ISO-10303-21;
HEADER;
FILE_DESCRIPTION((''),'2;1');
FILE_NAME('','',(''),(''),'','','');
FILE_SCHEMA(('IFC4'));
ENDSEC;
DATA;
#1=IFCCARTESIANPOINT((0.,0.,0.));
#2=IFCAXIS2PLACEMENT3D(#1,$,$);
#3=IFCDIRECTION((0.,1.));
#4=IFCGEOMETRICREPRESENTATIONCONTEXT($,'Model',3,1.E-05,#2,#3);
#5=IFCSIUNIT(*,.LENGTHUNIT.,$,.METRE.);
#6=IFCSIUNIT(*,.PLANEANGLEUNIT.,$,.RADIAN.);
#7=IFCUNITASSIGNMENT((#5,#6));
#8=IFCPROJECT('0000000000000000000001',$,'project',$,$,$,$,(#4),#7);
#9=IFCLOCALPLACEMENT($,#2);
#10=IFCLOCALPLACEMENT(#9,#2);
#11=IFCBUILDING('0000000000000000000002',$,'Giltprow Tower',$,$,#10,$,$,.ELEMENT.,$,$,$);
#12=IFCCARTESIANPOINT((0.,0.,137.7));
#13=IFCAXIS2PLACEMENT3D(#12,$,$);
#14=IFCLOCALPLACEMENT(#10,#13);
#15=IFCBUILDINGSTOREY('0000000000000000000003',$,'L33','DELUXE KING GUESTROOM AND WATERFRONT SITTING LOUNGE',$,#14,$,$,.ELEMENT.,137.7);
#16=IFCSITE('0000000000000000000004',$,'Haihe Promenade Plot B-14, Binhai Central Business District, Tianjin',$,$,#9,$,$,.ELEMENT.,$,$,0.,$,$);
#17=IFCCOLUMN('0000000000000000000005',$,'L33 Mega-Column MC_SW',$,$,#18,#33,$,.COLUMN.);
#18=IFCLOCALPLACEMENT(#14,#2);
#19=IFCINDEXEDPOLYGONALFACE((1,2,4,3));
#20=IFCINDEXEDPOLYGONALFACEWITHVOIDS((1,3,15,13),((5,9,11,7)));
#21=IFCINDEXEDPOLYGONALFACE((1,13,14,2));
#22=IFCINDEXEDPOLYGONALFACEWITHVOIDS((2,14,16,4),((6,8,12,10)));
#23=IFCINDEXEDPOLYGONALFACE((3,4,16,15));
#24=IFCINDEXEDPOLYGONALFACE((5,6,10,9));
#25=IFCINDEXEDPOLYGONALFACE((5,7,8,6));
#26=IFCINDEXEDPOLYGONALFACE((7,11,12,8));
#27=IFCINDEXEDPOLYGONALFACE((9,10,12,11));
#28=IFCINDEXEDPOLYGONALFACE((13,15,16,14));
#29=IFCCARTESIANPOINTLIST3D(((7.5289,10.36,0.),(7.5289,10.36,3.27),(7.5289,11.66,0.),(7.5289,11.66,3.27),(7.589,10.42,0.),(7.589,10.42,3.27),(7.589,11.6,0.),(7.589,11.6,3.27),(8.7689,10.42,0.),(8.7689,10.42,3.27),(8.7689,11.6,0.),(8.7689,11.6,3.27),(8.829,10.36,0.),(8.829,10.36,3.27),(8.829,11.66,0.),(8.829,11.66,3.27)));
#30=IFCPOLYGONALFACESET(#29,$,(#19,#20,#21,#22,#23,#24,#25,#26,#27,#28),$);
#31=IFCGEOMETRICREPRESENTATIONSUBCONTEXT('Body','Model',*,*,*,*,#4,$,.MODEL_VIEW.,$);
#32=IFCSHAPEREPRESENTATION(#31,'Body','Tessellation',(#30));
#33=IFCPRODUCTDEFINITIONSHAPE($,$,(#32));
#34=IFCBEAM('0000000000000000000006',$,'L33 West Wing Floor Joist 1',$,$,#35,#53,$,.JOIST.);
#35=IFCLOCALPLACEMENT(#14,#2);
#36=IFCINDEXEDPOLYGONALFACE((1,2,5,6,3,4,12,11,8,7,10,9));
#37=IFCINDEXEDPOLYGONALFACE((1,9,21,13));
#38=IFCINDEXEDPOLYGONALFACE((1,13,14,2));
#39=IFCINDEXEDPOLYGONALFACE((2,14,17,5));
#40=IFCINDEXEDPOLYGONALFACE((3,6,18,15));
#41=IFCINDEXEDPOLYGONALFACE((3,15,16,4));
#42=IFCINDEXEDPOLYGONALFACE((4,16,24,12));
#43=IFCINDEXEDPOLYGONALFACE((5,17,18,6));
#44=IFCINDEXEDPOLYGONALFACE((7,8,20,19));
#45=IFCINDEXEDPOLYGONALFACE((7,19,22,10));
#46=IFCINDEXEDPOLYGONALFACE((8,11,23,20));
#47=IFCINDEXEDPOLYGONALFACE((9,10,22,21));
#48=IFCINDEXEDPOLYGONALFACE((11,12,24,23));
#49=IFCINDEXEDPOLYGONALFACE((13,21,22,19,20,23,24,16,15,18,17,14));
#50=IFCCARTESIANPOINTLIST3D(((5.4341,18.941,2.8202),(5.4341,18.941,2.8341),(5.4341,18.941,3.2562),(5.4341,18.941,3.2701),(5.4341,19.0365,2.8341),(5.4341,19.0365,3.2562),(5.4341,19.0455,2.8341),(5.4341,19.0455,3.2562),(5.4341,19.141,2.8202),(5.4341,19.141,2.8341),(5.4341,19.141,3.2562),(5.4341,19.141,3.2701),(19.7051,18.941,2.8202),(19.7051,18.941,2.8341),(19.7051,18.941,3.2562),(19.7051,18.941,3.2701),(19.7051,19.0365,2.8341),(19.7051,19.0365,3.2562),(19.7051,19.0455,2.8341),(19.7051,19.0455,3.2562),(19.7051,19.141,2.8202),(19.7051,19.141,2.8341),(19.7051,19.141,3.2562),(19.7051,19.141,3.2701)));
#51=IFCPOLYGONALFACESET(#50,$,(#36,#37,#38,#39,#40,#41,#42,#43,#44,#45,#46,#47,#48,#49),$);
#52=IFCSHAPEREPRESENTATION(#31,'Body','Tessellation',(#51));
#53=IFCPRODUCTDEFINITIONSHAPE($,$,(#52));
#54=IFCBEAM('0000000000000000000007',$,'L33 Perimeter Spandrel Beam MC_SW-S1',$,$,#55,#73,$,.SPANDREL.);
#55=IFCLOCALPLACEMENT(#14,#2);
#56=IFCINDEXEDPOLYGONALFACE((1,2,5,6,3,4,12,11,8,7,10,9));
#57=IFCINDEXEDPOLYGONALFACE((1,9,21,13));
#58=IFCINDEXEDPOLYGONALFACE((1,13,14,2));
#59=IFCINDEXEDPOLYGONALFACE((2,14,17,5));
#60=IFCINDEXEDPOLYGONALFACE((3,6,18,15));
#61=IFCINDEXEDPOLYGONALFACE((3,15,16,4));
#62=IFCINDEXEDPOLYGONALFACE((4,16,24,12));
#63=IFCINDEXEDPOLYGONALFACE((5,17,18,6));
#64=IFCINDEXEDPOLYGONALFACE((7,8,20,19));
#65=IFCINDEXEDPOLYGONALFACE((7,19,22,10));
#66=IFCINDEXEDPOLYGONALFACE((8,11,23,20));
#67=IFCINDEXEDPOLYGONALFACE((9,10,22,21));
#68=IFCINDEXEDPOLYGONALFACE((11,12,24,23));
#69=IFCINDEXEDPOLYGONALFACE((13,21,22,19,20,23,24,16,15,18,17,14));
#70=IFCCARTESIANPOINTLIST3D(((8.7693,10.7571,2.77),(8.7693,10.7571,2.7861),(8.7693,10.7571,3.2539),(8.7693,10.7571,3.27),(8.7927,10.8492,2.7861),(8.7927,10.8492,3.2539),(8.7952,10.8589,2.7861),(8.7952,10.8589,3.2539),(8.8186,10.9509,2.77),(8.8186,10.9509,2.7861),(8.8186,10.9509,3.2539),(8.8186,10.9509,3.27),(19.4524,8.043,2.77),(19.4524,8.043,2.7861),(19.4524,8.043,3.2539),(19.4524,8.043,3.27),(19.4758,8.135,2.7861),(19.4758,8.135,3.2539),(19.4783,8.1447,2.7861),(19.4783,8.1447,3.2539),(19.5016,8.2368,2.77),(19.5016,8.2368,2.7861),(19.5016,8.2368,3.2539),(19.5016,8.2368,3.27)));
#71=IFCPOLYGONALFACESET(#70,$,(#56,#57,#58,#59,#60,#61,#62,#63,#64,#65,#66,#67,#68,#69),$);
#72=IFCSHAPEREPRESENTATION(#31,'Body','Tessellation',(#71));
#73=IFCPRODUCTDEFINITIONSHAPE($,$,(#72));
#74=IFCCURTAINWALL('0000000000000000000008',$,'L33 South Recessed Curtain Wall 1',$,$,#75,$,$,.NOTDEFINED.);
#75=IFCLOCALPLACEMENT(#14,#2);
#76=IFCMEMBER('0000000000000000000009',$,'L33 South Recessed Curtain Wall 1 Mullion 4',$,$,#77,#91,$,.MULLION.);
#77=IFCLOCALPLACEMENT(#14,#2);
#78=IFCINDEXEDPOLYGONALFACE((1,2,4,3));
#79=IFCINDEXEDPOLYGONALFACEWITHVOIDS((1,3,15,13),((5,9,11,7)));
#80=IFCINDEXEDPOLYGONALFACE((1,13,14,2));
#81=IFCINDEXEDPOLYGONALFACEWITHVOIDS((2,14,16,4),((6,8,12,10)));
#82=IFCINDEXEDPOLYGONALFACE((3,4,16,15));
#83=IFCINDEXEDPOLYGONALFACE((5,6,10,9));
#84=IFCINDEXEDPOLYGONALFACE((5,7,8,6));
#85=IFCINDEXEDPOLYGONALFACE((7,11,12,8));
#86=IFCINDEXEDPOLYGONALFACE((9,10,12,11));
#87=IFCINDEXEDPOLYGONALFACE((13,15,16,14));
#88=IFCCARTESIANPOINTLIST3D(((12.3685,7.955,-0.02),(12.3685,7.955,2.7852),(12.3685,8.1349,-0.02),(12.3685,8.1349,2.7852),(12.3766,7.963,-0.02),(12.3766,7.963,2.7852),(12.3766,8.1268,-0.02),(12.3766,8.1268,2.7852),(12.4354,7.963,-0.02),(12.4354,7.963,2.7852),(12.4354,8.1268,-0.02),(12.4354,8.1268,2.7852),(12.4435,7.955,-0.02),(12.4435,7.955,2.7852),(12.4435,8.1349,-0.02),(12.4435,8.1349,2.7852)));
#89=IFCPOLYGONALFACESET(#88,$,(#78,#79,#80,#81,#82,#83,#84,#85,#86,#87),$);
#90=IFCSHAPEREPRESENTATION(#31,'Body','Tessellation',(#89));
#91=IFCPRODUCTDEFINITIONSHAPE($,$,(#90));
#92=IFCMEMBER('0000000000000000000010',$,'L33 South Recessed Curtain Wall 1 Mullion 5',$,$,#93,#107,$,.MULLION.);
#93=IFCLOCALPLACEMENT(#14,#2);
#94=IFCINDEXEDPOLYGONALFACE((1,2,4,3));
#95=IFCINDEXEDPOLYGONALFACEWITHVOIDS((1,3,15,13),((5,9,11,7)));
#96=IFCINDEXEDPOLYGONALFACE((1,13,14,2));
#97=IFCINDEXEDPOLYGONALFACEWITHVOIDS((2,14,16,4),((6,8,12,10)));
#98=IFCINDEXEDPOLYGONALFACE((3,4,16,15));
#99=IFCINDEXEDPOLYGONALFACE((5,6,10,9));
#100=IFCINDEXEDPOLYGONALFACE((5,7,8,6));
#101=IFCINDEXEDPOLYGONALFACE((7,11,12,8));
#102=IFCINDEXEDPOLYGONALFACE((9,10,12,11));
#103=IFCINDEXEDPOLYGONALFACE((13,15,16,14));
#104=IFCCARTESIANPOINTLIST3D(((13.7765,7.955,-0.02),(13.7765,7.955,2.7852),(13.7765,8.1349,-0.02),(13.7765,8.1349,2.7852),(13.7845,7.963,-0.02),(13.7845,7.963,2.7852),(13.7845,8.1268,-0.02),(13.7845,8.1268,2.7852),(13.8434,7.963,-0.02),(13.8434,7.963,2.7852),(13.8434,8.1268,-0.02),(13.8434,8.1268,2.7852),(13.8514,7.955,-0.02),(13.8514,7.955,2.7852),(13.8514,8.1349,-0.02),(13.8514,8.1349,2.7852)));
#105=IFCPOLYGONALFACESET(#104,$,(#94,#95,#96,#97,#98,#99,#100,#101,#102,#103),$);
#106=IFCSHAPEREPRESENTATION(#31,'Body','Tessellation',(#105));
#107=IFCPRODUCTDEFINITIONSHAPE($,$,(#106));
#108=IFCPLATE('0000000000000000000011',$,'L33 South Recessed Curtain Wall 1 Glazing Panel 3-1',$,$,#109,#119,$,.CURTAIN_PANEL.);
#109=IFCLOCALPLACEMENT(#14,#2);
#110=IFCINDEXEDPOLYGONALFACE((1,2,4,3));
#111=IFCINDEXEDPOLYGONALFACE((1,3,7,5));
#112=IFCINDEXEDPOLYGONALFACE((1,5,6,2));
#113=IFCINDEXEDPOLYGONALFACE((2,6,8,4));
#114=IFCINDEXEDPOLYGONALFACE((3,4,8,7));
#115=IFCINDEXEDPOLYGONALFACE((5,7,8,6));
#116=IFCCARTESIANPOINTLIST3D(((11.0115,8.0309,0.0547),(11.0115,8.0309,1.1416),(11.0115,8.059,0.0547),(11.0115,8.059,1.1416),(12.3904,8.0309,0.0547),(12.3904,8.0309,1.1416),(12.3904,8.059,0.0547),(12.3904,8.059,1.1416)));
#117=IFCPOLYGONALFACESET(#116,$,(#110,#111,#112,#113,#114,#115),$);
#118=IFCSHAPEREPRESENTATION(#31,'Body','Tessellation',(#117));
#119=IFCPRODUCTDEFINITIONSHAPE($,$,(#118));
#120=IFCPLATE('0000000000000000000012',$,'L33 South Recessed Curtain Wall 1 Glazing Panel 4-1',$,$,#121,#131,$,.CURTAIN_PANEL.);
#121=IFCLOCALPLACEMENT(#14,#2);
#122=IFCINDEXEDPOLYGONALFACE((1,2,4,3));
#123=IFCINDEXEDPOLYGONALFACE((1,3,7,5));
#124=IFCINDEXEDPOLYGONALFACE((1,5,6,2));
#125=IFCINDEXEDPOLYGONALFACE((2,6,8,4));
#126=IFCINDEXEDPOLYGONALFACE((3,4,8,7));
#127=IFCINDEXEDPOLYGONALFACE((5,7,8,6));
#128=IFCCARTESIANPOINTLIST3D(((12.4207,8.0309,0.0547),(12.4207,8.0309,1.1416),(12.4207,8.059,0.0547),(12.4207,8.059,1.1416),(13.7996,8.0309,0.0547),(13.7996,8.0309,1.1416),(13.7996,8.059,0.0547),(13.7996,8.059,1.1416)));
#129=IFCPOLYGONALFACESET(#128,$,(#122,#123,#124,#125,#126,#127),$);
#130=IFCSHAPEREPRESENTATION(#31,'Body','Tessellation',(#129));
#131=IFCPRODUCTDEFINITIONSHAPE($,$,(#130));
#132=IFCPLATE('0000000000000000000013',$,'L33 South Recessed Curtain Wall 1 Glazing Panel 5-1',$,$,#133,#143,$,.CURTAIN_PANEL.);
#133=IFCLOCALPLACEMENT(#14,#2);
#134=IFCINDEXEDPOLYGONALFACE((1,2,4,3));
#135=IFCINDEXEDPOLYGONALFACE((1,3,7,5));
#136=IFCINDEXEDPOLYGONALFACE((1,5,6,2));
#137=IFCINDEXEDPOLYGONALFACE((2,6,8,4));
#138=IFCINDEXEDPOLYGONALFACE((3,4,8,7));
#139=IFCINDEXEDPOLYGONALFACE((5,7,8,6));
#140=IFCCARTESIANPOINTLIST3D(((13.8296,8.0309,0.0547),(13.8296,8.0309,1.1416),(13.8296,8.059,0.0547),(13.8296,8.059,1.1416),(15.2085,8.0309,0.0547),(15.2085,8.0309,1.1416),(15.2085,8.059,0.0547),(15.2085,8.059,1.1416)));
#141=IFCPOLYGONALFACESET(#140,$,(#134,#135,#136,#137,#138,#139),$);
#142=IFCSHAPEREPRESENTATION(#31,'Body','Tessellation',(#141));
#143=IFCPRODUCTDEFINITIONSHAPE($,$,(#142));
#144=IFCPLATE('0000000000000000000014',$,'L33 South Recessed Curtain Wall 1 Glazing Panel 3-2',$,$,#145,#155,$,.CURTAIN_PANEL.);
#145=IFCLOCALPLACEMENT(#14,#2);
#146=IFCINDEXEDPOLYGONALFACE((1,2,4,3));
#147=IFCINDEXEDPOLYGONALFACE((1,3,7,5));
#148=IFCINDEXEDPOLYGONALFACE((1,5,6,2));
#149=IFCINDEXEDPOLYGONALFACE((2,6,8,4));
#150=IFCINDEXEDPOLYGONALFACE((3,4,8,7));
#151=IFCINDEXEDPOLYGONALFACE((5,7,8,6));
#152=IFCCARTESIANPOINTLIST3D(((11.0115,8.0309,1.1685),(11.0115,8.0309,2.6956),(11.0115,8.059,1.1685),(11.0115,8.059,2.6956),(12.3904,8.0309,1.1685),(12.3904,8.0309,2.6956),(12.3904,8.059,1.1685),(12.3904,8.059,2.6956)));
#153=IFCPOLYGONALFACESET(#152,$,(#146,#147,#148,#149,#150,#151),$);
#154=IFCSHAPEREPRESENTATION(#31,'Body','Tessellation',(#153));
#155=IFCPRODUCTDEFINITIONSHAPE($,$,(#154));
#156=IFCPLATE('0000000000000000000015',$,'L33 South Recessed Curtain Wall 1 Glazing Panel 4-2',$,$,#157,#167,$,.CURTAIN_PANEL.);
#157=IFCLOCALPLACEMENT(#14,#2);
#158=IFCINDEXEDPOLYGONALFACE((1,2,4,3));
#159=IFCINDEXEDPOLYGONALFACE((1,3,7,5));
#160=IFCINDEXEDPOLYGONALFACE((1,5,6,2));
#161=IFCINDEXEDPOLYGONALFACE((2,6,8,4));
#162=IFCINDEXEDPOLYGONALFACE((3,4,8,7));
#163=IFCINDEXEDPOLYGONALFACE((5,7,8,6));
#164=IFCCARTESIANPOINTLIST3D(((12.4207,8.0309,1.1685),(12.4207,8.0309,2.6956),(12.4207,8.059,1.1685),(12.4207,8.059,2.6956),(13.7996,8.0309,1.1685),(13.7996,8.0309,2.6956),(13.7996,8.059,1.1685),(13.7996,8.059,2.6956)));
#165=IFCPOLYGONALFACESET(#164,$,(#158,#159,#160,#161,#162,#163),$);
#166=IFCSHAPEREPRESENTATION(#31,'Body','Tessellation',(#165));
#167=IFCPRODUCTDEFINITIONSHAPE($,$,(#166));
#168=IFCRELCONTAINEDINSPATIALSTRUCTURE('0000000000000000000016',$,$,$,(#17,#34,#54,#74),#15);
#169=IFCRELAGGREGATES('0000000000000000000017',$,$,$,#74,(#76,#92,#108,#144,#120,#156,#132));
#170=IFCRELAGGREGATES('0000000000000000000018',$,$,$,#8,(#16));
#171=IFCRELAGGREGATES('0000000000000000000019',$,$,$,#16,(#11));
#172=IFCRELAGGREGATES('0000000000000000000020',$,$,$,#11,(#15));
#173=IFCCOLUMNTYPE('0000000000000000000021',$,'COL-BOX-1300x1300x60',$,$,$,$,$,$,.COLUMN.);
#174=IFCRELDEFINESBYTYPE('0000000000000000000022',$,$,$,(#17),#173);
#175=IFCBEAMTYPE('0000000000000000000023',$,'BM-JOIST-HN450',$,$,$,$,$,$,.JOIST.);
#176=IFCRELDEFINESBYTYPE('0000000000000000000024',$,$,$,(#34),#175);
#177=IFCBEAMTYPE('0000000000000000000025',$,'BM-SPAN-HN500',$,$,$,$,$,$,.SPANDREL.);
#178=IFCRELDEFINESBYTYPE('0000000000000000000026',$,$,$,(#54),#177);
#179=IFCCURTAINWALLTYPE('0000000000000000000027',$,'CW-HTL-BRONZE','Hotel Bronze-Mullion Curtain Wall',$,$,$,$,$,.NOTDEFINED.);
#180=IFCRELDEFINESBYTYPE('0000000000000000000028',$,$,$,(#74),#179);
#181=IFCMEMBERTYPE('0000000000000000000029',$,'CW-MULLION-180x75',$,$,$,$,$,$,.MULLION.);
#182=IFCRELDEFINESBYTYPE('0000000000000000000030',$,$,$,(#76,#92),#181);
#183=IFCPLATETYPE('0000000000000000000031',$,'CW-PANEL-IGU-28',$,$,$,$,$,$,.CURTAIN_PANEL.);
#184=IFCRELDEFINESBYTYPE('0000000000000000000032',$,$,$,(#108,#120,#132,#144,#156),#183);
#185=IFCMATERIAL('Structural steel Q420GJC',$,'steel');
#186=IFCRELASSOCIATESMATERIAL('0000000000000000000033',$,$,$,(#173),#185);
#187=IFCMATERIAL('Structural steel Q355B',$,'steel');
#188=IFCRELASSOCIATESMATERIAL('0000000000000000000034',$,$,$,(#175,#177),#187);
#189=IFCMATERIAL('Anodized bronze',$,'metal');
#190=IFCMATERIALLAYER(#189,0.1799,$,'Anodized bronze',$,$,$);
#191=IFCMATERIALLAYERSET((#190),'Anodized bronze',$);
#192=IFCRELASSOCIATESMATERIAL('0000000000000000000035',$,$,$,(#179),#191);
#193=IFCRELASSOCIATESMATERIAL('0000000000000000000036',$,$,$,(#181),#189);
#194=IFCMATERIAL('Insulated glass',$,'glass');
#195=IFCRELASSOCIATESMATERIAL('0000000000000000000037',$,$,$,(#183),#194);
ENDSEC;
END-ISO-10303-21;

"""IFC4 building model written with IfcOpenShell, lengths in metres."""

from ifc_helpers import new_model, si_unit, direction, frame, origin, origin_2d, place, context, subcontext, project, spatial, rectangle, hollow_rectangle, i_section, extrude, source, transform, mapped, material, layer, layer_set, material_profile, profile_set, type_object, element, aggregate, save


model = new_model("IFC4")

# Units and contexts
model_context = context("Model", 3, precision=1e-05, world=origin(), true_north=direction((0.0, 1.0)))
body_context = subcontext(model_context, "Body", "Model", "MODEL_VIEW")
ifc_project = project(units=[si_unit("LENGTHUNIT", "METRE"), si_unit("PLANEANGLEUNIT", "RADIAN")], contexts=[model_context])

# Site, building, storey
site_placement = place(None, origin())
site = spatial("IfcSite", under=ifc_project, at=site_placement, Name="Haihe Promenade Plot B-14, Binhai Central Business District, Tianjin", CompositionType="ELEMENT", RefElevation=0.0)
building_placement = place(site_placement, origin())
building = spatial("IfcBuilding", under=site, at=building_placement, Name="Giltprow Tower", CompositionType="ELEMENT")
storey_placement = place(building_placement, frame((0.0, 0.0, 137.7)))
storey = spatial("IfcBuildingStorey", under=building, at=storey_placement, Name="L33", Description="DELUXE KING GUESTROOM AND WATERFRONT SITTING LOUNGE", CompositionType="ELEMENT", Elevation=137.7)

# Column
ifc_material_1 = material(Name="Structural steel Q420GJC", Category="steel")
ifc_material_profile_1 = material_profile(ifc_material_1, hollow_rectangle(XDim=1.3, YDim=1.3, WallThickness=0.0601, at=origin_2d()), Name="BOX 1300x1300x60")
ifc_profile_set_1 = profile_set([ifc_material_profile_1], Name="Structural steel Q420GJC")
column_type = type_object("IfcColumnType", Name="COL-BOX-1300x1300x60", PredefinedType="COLUMN", material=ifc_profile_set_1)
shared_shape_1 = source(origin(), body_context, "Body", "SweptSolid", [
    extrude(hollow_rectangle(XDim=1.3, YDim=1.3, WallThickness=0.0601, at=origin_2d()), origin(), (0.0, 0.0, 1.0), 3.27),
])
column_placement = place(storey_placement, frame((8.179, 11.01, 0.0), z_axis=(0.0, 0.0, 1.0), x_axis=(1.0, 0.0, 0.0)))
element("IfcColumn", 1, at=column_placement, inside=storey, type_object=column_type, Name="L33 Mega-Column MC_SW", PredefinedType="COLUMN", context=body_context, shape_type="MappedRepresentation", body=[
    mapped(shared_shape_1, transform((0.0, 0.0, 0.0), x_axis=(1.0, 0.0, 0.0), y_axis=(0.0, 1.0, 0.0), z_axis=(0.0, 0.0, 1.0), scale=1.0)),
])

# Beams
ifc_material_2 = material(Name="Structural steel Q355B", Category="steel")
ifc_material_profile_2 = material_profile(ifc_material_2, i_section(OverallWidth=0.2, OverallDepth=0.45, WebThickness=0.009, FlangeThickness=0.0139, at=origin_2d()), Name="HN 450x200x9x14")
ifc_profile_set_2 = profile_set([ifc_material_profile_2], Name="Structural steel Q355B")
beam_type_1 = type_object("IfcBeamType", Name="BM-JOIST-HN450", PredefinedType="JOIST", material=ifc_profile_set_2)
shared_shape_2 = source(origin(), body_context, "Body", "SweptSolid", [
    extrude(i_section(OverallWidth=0.2, OverallDepth=0.45, WebThickness=0.009, FlangeThickness=0.0139, at=origin_2d()), origin(), (0.0, 0.0, 1.0), 14.271),
])
beam_1_placement = place(storey_placement, frame((5.4341, 19.041, 3.0452), z_axis=(1.0, 0.0, 0.0), x_axis=(0.0, 1.0, 0.0)))
element("IfcBeam", 2, at=beam_1_placement, inside=storey, type_object=beam_type_1, Name="L33 West Wing Floor Joist 1", PredefinedType="JOIST", context=body_context, shape_type="MappedRepresentation", body=[
    mapped(shared_shape_2, transform((0.0, 0.0, 0.0), x_axis=(1.0, 0.0, 0.0), y_axis=(0.0, 1.0, 0.0), z_axis=(0.0, 0.0, 1.0), scale=1.0)),
])
ifc_material_profile_3 = material_profile(ifc_material_2, i_section(OverallWidth=0.2, OverallDepth=0.5, WebThickness=0.01, FlangeThickness=0.0161, at=origin_2d()), Name="HN 500x200x10x16")
ifc_profile_set_3 = profile_set([ifc_material_profile_3], Name="Structural steel Q355B")
beam_type_2 = type_object("IfcBeamType", Name="BM-SPAN-HN500", PredefinedType="SPANDREL", material=ifc_profile_set_3)
shared_shape_3 = source(origin(), body_context, "Body", "SweptSolid", [
    extrude(i_section(OverallWidth=0.2, OverallDepth=0.5, WebThickness=0.01, FlangeThickness=0.0161, at=origin_2d()), origin(), (0.0, 0.0, 1.0), 11.0225),
])
beam_2_placement = place(storey_placement, frame((8.7939, 10.854, 3.02), z_axis=(0.96921, -0.246234, 0.0), x_axis=(0.246234, 0.96921, 0.0)))
element("IfcBeam", 3, at=beam_2_placement, inside=storey, type_object=beam_type_2, Name="L33 Perimeter Spandrel Beam MC_SW-S1", PredefinedType="SPANDREL", context=body_context, shape_type="MappedRepresentation", body=[
    mapped(shared_shape_3, transform((0.0, 0.0, 0.0), x_axis=(1.0, 0.0, 0.0), y_axis=(0.0, 1.0, 0.0), z_axis=(0.0, 0.0, 1.0), scale=1.0)),
])

# Curtain wall, members, plates
ifc_material_3 = material(Name="Anodized bronze", Category="metal")
ifc_layer_1 = layer(ifc_material_3, 0.1799, Name="Anodized bronze")
ifc_layer_set_1 = layer_set([ifc_layer_1], Name="Anodized bronze")
curtain_wall_type = type_object("IfcCurtainWallType", Name="CW-HTL-BRONZE", Description="Hotel Bronze-Mullion Curtain Wall", PredefinedType="NOTDEFINED", material=ifc_layer_set_1)
curtain_wall_placement = place(storey_placement, origin())
curtain_wall = element("IfcCurtainWall", 4, at=curtain_wall_placement, inside=storey, type_object=curtain_wall_type, Name="L33 South Recessed Curtain Wall 1", PredefinedType="NOTDEFINED")
ifc_material_profile_4 = material_profile(ifc_material_3, hollow_rectangle(XDim=0.075, YDim=0.1799, WallThickness=0.0081, at=origin_2d()), Name="RHS 180x75x8")
ifc_profile_set_4 = profile_set([ifc_material_profile_4], Name="Anodized bronze")
member_type = type_object("IfcMemberType", Name="CW-MULLION-180x75", PredefinedType="MULLION", material=ifc_profile_set_4)
shared_shape_4 = source(origin(), body_context, "Body", "SweptSolid", [
    extrude(hollow_rectangle(XDim=0.075, YDim=0.1799, WallThickness=0.0081, at=origin_2d()), origin(), (0.0, 0.0, 1.0), 2.8052),
])
member_1_placement = place(storey_placement, frame((12.406, 8.0449, -0.02), z_axis=(0.0, 0.0, 1.0), x_axis=(1.0, 0.0, 0.0)))
member_1 = element("IfcMember", 5, at=member_1_placement, type_object=member_type, Name="L33 South Recessed Curtain Wall 1 Mullion 4", PredefinedType="MULLION", context=body_context, shape_type="MappedRepresentation", body=[
    mapped(shared_shape_4, transform((0.0, 0.0, 0.0), x_axis=(1.0, 0.0, 0.0), y_axis=(0.0, 1.0, 0.0), z_axis=(0.0, 0.0, 1.0), scale=1.0)),
])
member_2_placement = place(storey_placement, frame((13.814, 8.0449, -0.02), z_axis=(0.0, 0.0, 1.0), x_axis=(1.0, 0.0, 0.0)))
member_2 = element("IfcMember", 6, at=member_2_placement, type_object=member_type, Name="L33 South Recessed Curtain Wall 1 Mullion 5", PredefinedType="MULLION", context=body_context, shape_type="MappedRepresentation", body=[
    mapped(shared_shape_4, transform((0.0, 0.0, 0.0), x_axis=(1.0, 0.0, 0.0), y_axis=(0.0, 1.0, 0.0), z_axis=(0.0, 0.0, 1.0), scale=1.0)),
])
ifc_material_4 = material(Name="Insulated glass", Category="glass")
plate_type = type_object("IfcPlateType", Name="CW-PANEL-IGU-28", PredefinedType="CURTAIN_PANEL", material=ifc_material_4)
shared_shape_5 = source(origin(), body_context, "Body", "SweptSolid", [
    extrude(rectangle(XDim=1.3789, YDim=0.0281, at=origin_2d()), origin(), (0.0, 0.0, 1.0), 1.0869),
])
plate_1_placement = place(storey_placement, frame((11.7009, 8.0449, 0.0547), z_axis=(0.0, 0.0, 1.0), x_axis=(1.0, 0.0, 0.0)))
plate_1 = element("IfcPlate", 7, at=plate_1_placement, type_object=plate_type, Name="L33 South Recessed Curtain Wall 1 Glazing Panel 3-1", PredefinedType="CURTAIN_PANEL", context=body_context, shape_type="MappedRepresentation", body=[
    mapped(shared_shape_5, transform((0.0, 0.0, 0.0), x_axis=(1.0, 0.0, 0.0), y_axis=(0.0, 1.0, 0.0), z_axis=(0.0, 0.0, 1.0), scale=1.0)),
])
plate_2_placement = place(storey_placement, frame((13.1101, 8.0449, 0.0547), z_axis=(0.0, 0.0, 1.0), x_axis=(1.0, 0.0, 0.0)))
plate_2 = element("IfcPlate", 8, at=plate_2_placement, type_object=plate_type, Name="L33 South Recessed Curtain Wall 1 Glazing Panel 4-1", PredefinedType="CURTAIN_PANEL", context=body_context, shape_type="MappedRepresentation", body=[
    mapped(shared_shape_5, transform((0.0, 0.0, 0.0), x_axis=(1.0, 0.0, 0.0), y_axis=(0.0, 1.0, 0.0), z_axis=(0.0, 0.0, 1.0), scale=1.0)),
])
plate_3_placement = place(storey_placement, frame((14.519, 8.0449, 0.0547), z_axis=(0.0, 0.0, 1.0), x_axis=(1.0, 0.0, 0.0)))
plate_3 = element("IfcPlate", 9, at=plate_3_placement, type_object=plate_type, Name="L33 South Recessed Curtain Wall 1 Glazing Panel 5-1", PredefinedType="CURTAIN_PANEL", context=body_context, shape_type="MappedRepresentation", body=[
    mapped(shared_shape_5, transform((0.0, 0.0, 0.0), x_axis=(1.0, 0.0, 0.0), y_axis=(0.0, 1.0, 0.0), z_axis=(0.0, 0.0, 1.0), scale=1.0)),
])
shared_shape_6 = source(origin(), body_context, "Body", "SweptSolid", [
    extrude(rectangle(XDim=1.3789, YDim=0.0281, at=origin_2d()), origin(), (0.0, 0.0, 1.0), 1.5271),
])
plate_4_placement = place(storey_placement, frame((11.7009, 8.0449, 1.1685), z_axis=(0.0, 0.0, 1.0), x_axis=(1.0, 0.0, 0.0)))
plate_4 = element("IfcPlate", 10, at=plate_4_placement, type_object=plate_type, Name="L33 South Recessed Curtain Wall 1 Glazing Panel 3-2", PredefinedType="CURTAIN_PANEL", context=body_context, shape_type="MappedRepresentation", body=[
    mapped(shared_shape_6, transform((0.0, 0.0, 0.0), x_axis=(1.0, 0.0, 0.0), y_axis=(0.0, 1.0, 0.0), z_axis=(0.0, 0.0, 1.0), scale=1.0)),
])
plate_5_placement = place(storey_placement, frame((13.1101, 8.0449, 1.1685), z_axis=(0.0, 0.0, 1.0), x_axis=(1.0, 0.0, 0.0)))
plate_5 = element("IfcPlate", 11, at=plate_5_placement, type_object=plate_type, Name="L33 South Recessed Curtain Wall 1 Glazing Panel 4-2", PredefinedType="CURTAIN_PANEL", context=body_context, shape_type="MappedRepresentation", body=[
    mapped(shared_shape_6, transform((0.0, 0.0, 0.0), x_axis=(1.0, 0.0, 0.0), y_axis=(0.0, 1.0, 0.0), z_axis=(0.0, 0.0, 1.0), scale=1.0)),
])
aggregate(curtain_wall, [member_1, member_2, plate_1, plate_4, plate_2, plate_5, plate_3])

save(model, "model.ifc")
